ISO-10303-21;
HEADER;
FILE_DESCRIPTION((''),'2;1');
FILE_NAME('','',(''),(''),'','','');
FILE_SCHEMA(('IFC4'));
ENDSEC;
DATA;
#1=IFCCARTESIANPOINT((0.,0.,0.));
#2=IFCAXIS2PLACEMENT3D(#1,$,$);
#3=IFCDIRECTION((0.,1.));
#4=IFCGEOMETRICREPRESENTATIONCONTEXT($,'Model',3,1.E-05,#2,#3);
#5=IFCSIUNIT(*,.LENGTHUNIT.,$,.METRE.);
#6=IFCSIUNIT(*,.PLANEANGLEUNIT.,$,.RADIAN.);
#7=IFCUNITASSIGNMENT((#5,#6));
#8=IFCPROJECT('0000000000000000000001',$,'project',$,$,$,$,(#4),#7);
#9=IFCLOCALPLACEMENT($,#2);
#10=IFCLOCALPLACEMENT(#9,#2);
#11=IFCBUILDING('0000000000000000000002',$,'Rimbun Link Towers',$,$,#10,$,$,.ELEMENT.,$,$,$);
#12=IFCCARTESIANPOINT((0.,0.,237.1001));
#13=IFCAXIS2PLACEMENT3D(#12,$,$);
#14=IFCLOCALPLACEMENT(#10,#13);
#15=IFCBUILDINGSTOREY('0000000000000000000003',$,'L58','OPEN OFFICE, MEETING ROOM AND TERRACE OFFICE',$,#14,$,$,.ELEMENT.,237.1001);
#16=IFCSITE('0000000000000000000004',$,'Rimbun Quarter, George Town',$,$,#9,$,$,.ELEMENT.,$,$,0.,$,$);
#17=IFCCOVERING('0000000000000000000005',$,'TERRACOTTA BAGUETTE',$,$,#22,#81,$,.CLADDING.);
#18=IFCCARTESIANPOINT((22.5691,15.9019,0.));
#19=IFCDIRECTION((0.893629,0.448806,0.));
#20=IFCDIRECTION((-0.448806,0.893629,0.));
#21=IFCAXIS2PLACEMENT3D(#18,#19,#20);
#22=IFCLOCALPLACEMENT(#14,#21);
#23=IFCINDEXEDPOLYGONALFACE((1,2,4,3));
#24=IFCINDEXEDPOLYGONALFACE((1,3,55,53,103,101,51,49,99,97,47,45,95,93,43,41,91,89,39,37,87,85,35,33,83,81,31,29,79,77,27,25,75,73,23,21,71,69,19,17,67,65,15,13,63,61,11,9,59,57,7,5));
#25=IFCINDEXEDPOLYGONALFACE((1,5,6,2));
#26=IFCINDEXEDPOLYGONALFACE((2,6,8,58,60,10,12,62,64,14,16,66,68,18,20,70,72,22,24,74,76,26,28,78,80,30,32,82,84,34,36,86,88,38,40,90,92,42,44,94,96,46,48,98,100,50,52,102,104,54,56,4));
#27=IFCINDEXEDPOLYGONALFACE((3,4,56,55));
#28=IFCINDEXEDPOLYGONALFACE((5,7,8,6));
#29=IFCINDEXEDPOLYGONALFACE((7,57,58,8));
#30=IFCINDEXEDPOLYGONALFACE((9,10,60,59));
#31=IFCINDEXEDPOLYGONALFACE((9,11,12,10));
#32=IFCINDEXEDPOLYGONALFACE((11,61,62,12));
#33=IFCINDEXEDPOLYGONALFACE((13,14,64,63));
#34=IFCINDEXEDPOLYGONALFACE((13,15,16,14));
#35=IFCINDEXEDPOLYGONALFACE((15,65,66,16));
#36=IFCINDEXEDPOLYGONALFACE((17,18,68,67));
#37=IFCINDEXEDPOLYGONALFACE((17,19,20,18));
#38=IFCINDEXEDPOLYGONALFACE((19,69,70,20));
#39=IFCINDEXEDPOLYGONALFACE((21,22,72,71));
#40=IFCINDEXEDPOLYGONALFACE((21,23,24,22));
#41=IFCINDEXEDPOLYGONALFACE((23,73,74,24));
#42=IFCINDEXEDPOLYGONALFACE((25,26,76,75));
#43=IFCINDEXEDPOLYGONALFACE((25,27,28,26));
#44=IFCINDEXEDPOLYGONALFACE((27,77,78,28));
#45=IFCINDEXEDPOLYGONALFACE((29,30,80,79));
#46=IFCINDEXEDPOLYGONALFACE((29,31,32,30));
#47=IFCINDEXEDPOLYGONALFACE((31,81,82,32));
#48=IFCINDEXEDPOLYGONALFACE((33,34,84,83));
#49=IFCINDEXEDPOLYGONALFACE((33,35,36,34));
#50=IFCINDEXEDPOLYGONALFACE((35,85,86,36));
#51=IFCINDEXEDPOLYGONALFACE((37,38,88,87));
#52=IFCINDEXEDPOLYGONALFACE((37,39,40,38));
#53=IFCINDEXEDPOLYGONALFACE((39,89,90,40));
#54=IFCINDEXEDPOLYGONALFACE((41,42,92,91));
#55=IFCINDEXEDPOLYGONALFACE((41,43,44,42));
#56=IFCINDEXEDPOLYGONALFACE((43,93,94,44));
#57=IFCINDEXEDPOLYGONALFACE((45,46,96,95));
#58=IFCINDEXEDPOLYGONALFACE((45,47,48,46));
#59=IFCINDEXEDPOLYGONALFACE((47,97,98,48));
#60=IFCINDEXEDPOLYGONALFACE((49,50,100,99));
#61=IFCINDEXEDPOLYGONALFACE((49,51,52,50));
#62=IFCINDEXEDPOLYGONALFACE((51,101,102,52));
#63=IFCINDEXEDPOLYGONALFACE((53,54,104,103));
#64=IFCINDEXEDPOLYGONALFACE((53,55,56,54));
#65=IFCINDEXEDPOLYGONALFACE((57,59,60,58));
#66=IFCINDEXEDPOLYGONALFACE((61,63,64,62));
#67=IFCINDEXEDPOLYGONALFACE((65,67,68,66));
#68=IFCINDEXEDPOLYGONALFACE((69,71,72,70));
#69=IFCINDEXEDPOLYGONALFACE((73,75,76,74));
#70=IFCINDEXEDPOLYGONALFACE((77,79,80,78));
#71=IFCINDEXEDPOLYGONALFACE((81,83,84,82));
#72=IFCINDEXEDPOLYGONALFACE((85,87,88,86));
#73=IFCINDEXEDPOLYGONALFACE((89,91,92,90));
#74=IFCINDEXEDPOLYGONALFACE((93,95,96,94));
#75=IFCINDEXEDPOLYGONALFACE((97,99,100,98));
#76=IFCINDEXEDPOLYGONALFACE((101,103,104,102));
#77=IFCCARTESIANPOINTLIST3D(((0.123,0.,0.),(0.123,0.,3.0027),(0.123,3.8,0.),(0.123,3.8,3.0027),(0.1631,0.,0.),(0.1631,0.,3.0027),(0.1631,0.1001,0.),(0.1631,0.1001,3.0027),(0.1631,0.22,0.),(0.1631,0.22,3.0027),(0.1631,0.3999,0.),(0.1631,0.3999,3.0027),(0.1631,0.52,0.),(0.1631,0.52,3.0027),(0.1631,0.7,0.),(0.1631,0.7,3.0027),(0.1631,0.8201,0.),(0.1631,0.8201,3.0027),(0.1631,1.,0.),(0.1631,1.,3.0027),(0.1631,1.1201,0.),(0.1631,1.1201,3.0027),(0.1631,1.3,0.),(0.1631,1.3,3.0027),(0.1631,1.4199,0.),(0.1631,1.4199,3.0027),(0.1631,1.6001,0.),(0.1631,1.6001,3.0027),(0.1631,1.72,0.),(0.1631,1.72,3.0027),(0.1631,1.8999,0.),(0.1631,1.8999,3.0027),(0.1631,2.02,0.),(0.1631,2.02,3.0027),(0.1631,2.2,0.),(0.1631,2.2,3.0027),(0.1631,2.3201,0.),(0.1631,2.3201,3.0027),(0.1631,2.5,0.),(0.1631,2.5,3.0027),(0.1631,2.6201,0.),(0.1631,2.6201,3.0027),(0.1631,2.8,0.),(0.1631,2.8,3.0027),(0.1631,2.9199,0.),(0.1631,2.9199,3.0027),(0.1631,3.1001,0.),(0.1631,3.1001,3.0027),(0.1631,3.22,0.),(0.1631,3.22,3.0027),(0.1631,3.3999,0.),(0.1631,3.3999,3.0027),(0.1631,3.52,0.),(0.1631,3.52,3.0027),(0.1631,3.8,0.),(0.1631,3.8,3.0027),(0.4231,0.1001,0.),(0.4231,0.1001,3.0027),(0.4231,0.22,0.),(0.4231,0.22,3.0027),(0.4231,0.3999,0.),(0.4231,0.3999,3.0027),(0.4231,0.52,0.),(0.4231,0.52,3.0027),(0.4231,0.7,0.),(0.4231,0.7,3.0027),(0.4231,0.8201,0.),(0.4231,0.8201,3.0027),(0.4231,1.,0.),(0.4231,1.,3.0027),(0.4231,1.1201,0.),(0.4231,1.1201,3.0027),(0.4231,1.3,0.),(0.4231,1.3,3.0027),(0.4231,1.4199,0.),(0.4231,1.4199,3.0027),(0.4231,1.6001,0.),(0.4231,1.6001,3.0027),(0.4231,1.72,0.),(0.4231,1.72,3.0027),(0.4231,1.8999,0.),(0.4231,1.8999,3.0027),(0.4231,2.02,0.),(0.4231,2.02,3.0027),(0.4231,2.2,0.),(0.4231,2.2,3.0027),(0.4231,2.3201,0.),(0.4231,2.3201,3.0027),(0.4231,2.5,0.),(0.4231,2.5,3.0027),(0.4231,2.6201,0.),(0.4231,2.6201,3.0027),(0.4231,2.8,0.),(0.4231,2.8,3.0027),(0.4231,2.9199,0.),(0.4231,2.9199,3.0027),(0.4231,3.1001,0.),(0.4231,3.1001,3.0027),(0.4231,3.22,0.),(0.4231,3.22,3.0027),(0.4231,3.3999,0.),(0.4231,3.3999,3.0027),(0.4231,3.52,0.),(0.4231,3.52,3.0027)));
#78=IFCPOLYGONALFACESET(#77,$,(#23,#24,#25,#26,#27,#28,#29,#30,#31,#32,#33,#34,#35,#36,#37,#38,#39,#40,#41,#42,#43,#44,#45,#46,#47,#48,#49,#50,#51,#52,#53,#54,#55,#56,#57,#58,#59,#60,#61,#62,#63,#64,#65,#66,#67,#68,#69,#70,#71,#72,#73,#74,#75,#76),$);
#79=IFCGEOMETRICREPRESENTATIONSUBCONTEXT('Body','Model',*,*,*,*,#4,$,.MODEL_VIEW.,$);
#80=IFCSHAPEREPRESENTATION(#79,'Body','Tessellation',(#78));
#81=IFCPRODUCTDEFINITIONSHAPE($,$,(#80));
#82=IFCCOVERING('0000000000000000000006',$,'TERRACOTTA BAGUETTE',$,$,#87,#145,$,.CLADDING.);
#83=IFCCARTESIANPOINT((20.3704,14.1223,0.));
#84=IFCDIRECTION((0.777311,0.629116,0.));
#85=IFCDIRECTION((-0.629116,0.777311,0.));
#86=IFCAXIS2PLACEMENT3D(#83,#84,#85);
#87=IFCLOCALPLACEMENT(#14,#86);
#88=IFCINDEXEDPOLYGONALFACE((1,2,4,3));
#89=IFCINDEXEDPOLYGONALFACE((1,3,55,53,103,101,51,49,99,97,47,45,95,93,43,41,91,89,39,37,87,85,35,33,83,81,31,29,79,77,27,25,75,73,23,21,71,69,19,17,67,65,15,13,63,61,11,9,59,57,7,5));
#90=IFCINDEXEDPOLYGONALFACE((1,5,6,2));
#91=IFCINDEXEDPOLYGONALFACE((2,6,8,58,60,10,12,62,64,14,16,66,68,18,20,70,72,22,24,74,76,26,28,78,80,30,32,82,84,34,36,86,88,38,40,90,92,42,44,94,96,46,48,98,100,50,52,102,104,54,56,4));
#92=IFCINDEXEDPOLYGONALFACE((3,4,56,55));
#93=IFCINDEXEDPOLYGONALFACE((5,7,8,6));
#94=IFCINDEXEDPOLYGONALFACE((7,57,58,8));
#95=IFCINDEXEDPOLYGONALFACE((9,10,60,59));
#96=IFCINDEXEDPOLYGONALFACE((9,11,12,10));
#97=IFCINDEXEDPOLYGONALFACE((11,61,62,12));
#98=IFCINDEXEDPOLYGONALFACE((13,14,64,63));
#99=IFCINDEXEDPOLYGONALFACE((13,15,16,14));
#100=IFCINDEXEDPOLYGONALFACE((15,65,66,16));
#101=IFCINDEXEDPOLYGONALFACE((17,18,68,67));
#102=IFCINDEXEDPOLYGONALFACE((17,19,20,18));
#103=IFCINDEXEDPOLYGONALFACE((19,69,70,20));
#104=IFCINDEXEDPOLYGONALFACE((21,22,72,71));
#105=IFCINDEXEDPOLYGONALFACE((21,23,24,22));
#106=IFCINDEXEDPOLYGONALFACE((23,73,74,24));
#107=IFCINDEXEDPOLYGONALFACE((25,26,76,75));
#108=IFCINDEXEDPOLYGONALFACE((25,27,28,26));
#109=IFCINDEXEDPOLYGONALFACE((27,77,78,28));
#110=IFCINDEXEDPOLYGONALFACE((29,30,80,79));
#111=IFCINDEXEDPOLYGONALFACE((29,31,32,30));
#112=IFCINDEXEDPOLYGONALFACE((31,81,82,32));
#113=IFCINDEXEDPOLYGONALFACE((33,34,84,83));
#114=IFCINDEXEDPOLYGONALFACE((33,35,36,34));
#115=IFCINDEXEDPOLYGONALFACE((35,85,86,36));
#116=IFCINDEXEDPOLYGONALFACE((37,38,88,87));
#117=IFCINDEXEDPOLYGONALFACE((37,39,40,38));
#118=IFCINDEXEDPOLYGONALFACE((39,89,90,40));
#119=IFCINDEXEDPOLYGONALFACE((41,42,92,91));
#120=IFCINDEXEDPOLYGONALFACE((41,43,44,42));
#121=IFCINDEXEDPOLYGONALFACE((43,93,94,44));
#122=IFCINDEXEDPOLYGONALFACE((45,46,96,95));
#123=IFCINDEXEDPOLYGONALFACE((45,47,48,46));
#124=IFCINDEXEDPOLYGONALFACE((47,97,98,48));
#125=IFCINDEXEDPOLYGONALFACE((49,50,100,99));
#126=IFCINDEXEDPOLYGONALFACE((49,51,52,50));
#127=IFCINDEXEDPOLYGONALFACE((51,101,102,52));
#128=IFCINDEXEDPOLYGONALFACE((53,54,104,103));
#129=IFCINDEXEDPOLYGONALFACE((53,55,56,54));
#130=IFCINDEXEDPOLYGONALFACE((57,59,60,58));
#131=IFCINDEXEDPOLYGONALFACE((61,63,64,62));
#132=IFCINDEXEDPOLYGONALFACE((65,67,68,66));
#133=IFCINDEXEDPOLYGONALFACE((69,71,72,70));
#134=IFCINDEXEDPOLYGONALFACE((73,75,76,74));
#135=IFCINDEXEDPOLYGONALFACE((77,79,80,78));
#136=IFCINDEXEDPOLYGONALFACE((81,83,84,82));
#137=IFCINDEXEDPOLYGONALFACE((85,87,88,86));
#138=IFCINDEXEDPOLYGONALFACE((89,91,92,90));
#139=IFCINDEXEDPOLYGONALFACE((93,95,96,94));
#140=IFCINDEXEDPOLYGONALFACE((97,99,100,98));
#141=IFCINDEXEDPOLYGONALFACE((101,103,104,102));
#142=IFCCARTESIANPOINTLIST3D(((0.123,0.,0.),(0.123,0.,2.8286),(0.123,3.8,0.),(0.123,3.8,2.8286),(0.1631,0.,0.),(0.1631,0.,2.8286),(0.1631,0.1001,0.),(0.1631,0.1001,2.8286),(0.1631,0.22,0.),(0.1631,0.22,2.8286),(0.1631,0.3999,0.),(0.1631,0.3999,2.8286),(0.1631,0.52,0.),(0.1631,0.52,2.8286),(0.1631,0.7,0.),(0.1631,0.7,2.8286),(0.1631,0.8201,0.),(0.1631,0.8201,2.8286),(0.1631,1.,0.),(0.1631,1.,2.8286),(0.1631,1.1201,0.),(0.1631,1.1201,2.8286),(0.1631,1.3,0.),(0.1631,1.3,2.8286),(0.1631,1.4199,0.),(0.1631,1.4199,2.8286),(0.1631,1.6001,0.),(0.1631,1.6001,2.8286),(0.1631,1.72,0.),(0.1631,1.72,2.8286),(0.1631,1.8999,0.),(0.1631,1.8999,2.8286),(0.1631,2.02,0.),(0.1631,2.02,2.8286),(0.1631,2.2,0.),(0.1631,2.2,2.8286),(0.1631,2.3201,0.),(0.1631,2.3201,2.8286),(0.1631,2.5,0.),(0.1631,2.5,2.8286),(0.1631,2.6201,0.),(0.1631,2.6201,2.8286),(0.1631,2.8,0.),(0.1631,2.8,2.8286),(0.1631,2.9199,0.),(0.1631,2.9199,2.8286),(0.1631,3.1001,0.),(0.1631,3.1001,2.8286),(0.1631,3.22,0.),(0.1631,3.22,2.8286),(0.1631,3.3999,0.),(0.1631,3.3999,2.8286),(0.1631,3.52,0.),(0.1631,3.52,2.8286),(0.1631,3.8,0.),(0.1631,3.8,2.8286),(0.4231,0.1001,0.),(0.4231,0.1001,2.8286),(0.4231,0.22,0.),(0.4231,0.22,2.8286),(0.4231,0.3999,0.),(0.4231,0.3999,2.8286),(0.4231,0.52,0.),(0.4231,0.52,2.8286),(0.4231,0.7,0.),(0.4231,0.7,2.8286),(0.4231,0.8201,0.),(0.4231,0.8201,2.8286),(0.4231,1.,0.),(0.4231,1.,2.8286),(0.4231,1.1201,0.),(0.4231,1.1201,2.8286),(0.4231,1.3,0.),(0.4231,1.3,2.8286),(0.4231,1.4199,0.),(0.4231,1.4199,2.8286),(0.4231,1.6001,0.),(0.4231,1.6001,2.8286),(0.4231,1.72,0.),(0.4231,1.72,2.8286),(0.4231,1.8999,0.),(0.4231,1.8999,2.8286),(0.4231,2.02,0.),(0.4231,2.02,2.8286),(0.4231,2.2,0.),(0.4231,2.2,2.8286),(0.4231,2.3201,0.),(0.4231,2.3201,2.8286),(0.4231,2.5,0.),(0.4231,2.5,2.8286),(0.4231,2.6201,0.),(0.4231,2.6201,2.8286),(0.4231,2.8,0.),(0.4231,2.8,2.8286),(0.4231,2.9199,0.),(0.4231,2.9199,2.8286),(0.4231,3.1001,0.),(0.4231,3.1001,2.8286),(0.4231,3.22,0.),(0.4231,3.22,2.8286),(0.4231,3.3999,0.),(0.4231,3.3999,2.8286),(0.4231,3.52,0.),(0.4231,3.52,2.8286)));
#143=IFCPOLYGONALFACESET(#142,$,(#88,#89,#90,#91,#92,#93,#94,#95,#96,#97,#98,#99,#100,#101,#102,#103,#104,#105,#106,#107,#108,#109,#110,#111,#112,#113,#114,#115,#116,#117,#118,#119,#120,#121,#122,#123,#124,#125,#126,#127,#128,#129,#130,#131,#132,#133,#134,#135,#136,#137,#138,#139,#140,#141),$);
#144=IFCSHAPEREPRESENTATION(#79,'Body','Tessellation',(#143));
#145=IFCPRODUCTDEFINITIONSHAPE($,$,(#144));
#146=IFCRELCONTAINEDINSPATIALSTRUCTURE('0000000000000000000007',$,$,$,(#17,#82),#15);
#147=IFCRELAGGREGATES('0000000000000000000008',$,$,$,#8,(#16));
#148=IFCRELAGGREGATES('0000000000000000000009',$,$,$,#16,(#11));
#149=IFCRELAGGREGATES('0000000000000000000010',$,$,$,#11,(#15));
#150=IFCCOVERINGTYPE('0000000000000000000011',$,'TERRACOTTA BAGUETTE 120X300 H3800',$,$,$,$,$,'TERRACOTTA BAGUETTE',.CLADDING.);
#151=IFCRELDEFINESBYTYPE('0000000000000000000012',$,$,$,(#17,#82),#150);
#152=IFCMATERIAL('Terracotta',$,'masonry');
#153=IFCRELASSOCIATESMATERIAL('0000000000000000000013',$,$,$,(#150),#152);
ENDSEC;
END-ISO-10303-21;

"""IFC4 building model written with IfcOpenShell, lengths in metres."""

from ifc_helpers import new_model, si_unit, direction, frame, origin, place, context, subcontext, project, spatial, polyline, outline, extrude, material, material_profile, profile_set, type_object, element, save


model = new_model("IFC4")

# Units and contexts
model_context = context("Model", 3, precision=1e-05, world=origin(), true_north=direction((0.0, 1.0)))
body_context = subcontext(model_context, "Body", "Model", "MODEL_VIEW")
ifc_project = project(units=[si_unit("LENGTHUNIT", "METRE"), si_unit("PLANEANGLEUNIT", "RADIAN")], contexts=[model_context])

# Site, building, storey
site_placement = place(None, origin())
site = spatial("IfcSite", under=ifc_project, at=site_placement, Name="Rimbun Quarter, George Town", CompositionType="ELEMENT", RefElevation=0.0)
building_placement = place(site_placement, origin())
building = spatial("IfcBuilding", under=site, at=building_placement, Name="Rimbun Link Towers", CompositionType="ELEMENT")
storey_placement = place(building_placement, frame((0.0, 0.0, 237.1001)))
storey = spatial("IfcBuildingStorey", under=building, at=storey_placement, Name="L58", Description="OPEN OFFICE, MEETING ROOM AND TERRACE OFFICE", CompositionType="ELEMENT", Elevation=237.1001)

# Coverings
ifc_material_1 = material(Name="Terracotta", Category="masonry")
ifc_material_profile_1 = material_profile(ifc_material_1, outline(polyline([(0.123, 0.0), (0.1631, 0.0), (0.1631, 0.1001), (0.4231, 0.1001), (0.4231, 0.22), (0.1631, 0.22), (0.1631, 0.3999), (0.4231, 0.3999), (0.4231, 0.52), (0.1631, 0.52), (0.1631, 0.7), (0.4231, 0.7), (0.4231, 0.8201), (0.1631, 0.8201), (0.1631, 1.0), (0.4231, 1.0), (0.4231, 1.1201), (0.1631, 1.1201), (0.1631, 1.3), (0.4231, 1.3), (0.4231, 1.4199), (0.1631, 1.4199), (0.1631, 1.6001), (0.4231, 1.6001), (0.4231, 1.72), (0.1631, 1.72), (0.1631, 1.8999), (0.4231, 1.8999), (0.4231, 2.02), (0.1631, 2.02), (0.1631, 2.2), (0.4231, 2.2), (0.4231, 2.3201), (0.1631, 2.3201), (0.1631, 2.5), (0.4231, 2.5), (0.4231, 2.6201), (0.1631, 2.6201), (0.1631, 2.8), (0.4231, 2.8), (0.4231, 2.9199), (0.1631, 2.9199), (0.1631, 3.1001), (0.4231, 3.1001), (0.4231, 3.22), (0.1631, 3.22), (0.1631, 3.3999), (0.4231, 3.3999), (0.4231, 3.52), (0.1631, 3.52), (0.1631, 3.8), (0.123, 3.8), (0.123, 0.0)])), Name="BAGUETTE 120X300")
ifc_profile_set_1 = profile_set([ifc_material_profile_1], Name="Terracotta")
covering_type = type_object("IfcCoveringType", Name="TERRACOTTA BAGUETTE 120X300 H3800", ElementType="TERRACOTTA BAGUETTE", PredefinedType="CLADDING", material=ifc_profile_set_1)
covering_1_placement = place(storey_placement, frame((22.5691, 15.9019, 0.0), z_axis=(0.893629, 0.448806, 0.0), x_axis=(-0.448806, 0.893629, 0.0)))
element("IfcCovering", 1, at=covering_1_placement, inside=storey, type_object=covering_type, Name="TERRACOTTA BAGUETTE", PredefinedType="CLADDING", context=body_context, shape_type="SweptSolid", body=[
    extrude(outline(polyline([(0.123, 0.0), (0.1631, 0.0), (0.1631, 0.1001), (0.4231, 0.1001), (0.4231, 0.22), (0.1631, 0.22), (0.1631, 0.3999), (0.4231, 0.3999), (0.4231, 0.52), (0.1631, 0.52), (0.1631, 0.7), (0.4231, 0.7), (0.4231, 0.8201), (0.1631, 0.8201), (0.1631, 1.0), (0.4231, 1.0), (0.4231, 1.1201), (0.1631, 1.1201), (0.1631, 1.3), (0.4231, 1.3), (0.4231, 1.4199), (0.1631, 1.4199), (0.1631, 1.6001), (0.4231, 1.6001), (0.4231, 1.72), (0.1631, 1.72), (0.1631, 1.8999), (0.4231, 1.8999), (0.4231, 2.02), (0.1631, 2.02), (0.1631, 2.2), (0.4231, 2.2), (0.4231, 2.3201), (0.1631, 2.3201), (0.1631, 2.5), (0.4231, 2.5), (0.4231, 2.6201), (0.1631, 2.6201), (0.1631, 2.8), (0.4231, 2.8), (0.4231, 2.9199), (0.1631, 2.9199), (0.1631, 3.1001), (0.4231, 3.1001), (0.4231, 3.22), (0.1631, 3.22), (0.1631, 3.3999), (0.4231, 3.3999), (0.4231, 3.52), (0.1631, 3.52), (0.1631, 3.8), (0.123, 3.8), (0.123, 0.0)])), origin(), (0.0, 0.0, 1.0), 3.0027),
])
covering_2_placement = place(storey_placement, frame((20.3704, 14.1223, 0.0), z_axis=(0.777311, 0.629116, 0.0), x_axis=(-0.629116, 0.777311, 0.0)))
element("IfcCovering", 2, at=covering_2_placement, inside=storey, type_object=covering_type, Name="TERRACOTTA BAGUETTE", PredefinedType="CLADDING", context=body_context, shape_type="SweptSolid", body=[
    extrude(outline(polyline([(0.123, 0.0), (0.1631, 0.0), (0.1631, 0.1001), (0.4231, 0.1001), (0.4231, 0.22), (0.1631, 0.22), (0.1631, 0.3999), (0.4231, 0.3999), (0.4231, 0.52), (0.1631, 0.52), (0.1631, 0.7), (0.4231, 0.7), (0.4231, 0.8201), (0.1631, 0.8201), (0.1631, 1.0), (0.4231, 1.0), (0.4231, 1.1201), (0.1631, 1.1201), (0.1631, 1.3), (0.4231, 1.3), (0.4231, 1.4199), (0.1631, 1.4199), (0.1631, 1.6001), (0.4231, 1.6001), (0.4231, 1.72), (0.1631, 1.72), (0.1631, 1.8999), (0.4231, 1.8999), (0.4231, 2.02), (0.1631, 2.02), (0.1631, 2.2), (0.4231, 2.2), (0.4231, 2.3201), (0.1631, 2.3201), (0.1631, 2.5), (0.4231, 2.5), (0.4231, 2.6201), (0.1631, 2.6201), (0.1631, 2.8), (0.4231, 2.8), (0.4231, 2.9199), (0.1631, 2.9199), (0.1631, 3.1001), (0.4231, 3.1001), (0.4231, 3.22), (0.1631, 3.22), (0.1631, 3.3999), (0.4231, 3.3999), (0.4231, 3.52), (0.1631, 3.52), (0.1631, 3.8), (0.123, 3.8), (0.123, 0.0)])), origin(), (0.0, 0.0, 1.0), 2.8286),
])

save(model, "model.ifc")
